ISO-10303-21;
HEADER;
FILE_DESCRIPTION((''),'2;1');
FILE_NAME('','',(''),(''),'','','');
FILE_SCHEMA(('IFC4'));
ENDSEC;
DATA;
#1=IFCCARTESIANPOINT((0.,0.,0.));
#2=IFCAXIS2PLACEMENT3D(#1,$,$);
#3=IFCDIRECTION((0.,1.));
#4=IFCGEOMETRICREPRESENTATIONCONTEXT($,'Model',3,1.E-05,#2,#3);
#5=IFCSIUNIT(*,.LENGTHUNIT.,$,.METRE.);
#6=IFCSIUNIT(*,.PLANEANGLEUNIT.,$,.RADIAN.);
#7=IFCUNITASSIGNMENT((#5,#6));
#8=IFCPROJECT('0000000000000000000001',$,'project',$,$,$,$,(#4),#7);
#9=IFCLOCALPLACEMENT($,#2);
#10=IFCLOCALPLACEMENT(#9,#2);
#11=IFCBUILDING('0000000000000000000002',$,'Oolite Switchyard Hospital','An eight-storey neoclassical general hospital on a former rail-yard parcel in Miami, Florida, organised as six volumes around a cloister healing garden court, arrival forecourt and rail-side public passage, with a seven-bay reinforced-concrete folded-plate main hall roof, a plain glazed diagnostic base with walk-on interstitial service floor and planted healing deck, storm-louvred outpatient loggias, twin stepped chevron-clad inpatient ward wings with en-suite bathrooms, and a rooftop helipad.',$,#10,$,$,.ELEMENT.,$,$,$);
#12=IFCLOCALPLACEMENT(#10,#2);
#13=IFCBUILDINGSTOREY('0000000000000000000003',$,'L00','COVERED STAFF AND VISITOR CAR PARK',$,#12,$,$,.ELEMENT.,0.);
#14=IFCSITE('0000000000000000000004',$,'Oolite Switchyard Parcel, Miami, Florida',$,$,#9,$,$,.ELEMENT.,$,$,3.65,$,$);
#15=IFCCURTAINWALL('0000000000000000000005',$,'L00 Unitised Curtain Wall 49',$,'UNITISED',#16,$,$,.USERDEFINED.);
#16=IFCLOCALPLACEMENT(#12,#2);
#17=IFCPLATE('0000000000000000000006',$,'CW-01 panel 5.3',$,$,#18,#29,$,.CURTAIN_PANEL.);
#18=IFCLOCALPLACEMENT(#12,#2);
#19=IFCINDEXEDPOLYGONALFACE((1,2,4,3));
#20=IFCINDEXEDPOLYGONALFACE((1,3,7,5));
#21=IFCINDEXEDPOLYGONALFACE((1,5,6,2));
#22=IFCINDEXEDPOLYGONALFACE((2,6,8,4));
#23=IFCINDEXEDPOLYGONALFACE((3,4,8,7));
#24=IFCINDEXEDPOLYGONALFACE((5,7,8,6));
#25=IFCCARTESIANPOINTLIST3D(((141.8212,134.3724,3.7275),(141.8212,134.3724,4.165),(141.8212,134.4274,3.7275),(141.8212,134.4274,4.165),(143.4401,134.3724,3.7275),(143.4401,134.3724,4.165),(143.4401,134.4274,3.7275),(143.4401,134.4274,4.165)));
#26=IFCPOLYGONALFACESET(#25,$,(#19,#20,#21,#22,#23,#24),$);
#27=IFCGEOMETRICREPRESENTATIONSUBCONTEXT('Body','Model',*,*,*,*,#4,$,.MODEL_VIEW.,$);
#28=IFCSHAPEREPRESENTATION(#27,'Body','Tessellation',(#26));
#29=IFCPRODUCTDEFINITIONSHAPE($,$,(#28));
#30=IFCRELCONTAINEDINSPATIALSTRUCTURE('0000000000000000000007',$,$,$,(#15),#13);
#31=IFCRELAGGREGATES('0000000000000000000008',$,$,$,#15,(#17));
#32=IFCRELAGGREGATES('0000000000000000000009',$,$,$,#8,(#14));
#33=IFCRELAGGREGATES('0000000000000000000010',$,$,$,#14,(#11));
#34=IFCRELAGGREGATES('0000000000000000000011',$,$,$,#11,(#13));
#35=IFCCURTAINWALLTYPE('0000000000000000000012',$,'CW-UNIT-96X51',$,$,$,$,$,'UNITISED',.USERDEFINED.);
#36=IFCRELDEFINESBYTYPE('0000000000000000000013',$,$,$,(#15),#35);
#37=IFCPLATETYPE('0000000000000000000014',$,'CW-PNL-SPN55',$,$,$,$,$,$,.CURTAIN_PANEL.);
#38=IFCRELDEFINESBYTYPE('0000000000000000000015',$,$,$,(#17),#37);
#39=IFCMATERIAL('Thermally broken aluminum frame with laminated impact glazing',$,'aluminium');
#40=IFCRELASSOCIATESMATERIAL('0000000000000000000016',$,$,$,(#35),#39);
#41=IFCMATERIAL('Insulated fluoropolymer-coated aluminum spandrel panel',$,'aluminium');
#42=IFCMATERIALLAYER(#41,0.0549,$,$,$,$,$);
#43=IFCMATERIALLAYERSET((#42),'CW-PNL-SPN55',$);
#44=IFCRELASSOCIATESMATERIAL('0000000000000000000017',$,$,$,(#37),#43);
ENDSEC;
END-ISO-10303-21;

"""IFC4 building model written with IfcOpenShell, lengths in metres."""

from ifc_helpers import new_model, si_unit, direction, frame, origin, origin_2d, place, context, subcontext, project, spatial, rectangle, extrude, material, layer, layer_set, type_object, element, aggregate, save


model = new_model("IFC4")

# Units and contexts
model_context = context("Model", 3, precision=1e-05, world=origin(), true_north=direction((0.0, 1.0)))
body_context = subcontext(model_context, "Body", "Model", "MODEL_VIEW")
ifc_project = project(units=[si_unit("LENGTHUNIT", "METRE"), si_unit("PLANEANGLEUNIT", "RADIAN")], contexts=[model_context])

# Site, building, storey
site_placement = place(None, origin())
site = spatial("IfcSite", under=ifc_project, at=site_placement, Name="Oolite Switchyard Parcel, Miami, Florida", CompositionType="ELEMENT", RefElevation=3.65)
building_placement = place(site_placement, origin())
building = spatial("IfcBuilding", under=site, at=building_placement, Name="Oolite Switchyard Hospital", Description="An eight-storey neoclassical general hospital on a former rail-yard parcel in Miami, Florida, organised as six volumes around a cloister healing garden court, arrival forecourt and rail-side public passage, with a seven-bay reinforced-concrete folded-plate main hall roof, a plain glazed diagnostic base with walk-on interstitial service floor and planted healing deck, storm-louvred outpatient loggias, twin stepped chevron-clad inpatient ward wings with en-suite bathrooms, and a rooftop helipad.", CompositionType="ELEMENT")
storey_placement = place(building_placement, origin())
storey = spatial("IfcBuildingStorey", under=building, at=storey_placement, Name="L00", Description="COVERED STAFF AND VISITOR CAR PARK", CompositionType="ELEMENT", Elevation=0.0)

# Curtain wall, plate
ifc_material_1 = material(Name="Thermally broken aluminum frame with laminated impact glazing", Category="aluminium")
curtain_wall_type = type_object("IfcCurtainWallType", Name="CW-UNIT-96X51", ElementType="UNITISED", PredefinedType="USERDEFINED", material=ifc_material_1)
curtain_wall_placement = place(storey_placement, origin())
curtain_wall = element("IfcCurtainWall", 1, at=curtain_wall_placement, inside=storey, type_object=curtain_wall_type, Name="L00 Unitised Curtain Wall 49", ObjectType="UNITISED", PredefinedType="USERDEFINED")
ifc_material_2 = material(Name="Insulated fluoropolymer-coated aluminum spandrel panel", Category="aluminium")
ifc_layer = layer(ifc_material_2, 0.0549)
ifc_layer_set = layer_set([ifc_layer], Name="CW-PNL-SPN55")
plate_type = type_object("IfcPlateType", Name="CW-PNL-SPN55", PredefinedType="CURTAIN_PANEL", material=ifc_layer_set)
plate_1_placement = place(storey_placement, frame((142.6306, 134.3999, 3.7275), z_axis=(0.0, 0.0, 1.0), x_axis=(1.0, 0.0, 0.0)))
plate_1 = element("IfcPlate", 2, at=plate_1_placement, type_object=plate_type, Name="CW-01 panel 5.3", PredefinedType="CURTAIN_PANEL", context=body_context, shape_type="SweptSolid", body=[
    extrude(rectangle(XDim=1.6189, YDim=0.0549, at=origin_2d()), origin(), (0.0, 0.0, 1.0), 0.4375),
])
aggregate(curtain_wall, [plate_1])

save(model, "model.ifc")
